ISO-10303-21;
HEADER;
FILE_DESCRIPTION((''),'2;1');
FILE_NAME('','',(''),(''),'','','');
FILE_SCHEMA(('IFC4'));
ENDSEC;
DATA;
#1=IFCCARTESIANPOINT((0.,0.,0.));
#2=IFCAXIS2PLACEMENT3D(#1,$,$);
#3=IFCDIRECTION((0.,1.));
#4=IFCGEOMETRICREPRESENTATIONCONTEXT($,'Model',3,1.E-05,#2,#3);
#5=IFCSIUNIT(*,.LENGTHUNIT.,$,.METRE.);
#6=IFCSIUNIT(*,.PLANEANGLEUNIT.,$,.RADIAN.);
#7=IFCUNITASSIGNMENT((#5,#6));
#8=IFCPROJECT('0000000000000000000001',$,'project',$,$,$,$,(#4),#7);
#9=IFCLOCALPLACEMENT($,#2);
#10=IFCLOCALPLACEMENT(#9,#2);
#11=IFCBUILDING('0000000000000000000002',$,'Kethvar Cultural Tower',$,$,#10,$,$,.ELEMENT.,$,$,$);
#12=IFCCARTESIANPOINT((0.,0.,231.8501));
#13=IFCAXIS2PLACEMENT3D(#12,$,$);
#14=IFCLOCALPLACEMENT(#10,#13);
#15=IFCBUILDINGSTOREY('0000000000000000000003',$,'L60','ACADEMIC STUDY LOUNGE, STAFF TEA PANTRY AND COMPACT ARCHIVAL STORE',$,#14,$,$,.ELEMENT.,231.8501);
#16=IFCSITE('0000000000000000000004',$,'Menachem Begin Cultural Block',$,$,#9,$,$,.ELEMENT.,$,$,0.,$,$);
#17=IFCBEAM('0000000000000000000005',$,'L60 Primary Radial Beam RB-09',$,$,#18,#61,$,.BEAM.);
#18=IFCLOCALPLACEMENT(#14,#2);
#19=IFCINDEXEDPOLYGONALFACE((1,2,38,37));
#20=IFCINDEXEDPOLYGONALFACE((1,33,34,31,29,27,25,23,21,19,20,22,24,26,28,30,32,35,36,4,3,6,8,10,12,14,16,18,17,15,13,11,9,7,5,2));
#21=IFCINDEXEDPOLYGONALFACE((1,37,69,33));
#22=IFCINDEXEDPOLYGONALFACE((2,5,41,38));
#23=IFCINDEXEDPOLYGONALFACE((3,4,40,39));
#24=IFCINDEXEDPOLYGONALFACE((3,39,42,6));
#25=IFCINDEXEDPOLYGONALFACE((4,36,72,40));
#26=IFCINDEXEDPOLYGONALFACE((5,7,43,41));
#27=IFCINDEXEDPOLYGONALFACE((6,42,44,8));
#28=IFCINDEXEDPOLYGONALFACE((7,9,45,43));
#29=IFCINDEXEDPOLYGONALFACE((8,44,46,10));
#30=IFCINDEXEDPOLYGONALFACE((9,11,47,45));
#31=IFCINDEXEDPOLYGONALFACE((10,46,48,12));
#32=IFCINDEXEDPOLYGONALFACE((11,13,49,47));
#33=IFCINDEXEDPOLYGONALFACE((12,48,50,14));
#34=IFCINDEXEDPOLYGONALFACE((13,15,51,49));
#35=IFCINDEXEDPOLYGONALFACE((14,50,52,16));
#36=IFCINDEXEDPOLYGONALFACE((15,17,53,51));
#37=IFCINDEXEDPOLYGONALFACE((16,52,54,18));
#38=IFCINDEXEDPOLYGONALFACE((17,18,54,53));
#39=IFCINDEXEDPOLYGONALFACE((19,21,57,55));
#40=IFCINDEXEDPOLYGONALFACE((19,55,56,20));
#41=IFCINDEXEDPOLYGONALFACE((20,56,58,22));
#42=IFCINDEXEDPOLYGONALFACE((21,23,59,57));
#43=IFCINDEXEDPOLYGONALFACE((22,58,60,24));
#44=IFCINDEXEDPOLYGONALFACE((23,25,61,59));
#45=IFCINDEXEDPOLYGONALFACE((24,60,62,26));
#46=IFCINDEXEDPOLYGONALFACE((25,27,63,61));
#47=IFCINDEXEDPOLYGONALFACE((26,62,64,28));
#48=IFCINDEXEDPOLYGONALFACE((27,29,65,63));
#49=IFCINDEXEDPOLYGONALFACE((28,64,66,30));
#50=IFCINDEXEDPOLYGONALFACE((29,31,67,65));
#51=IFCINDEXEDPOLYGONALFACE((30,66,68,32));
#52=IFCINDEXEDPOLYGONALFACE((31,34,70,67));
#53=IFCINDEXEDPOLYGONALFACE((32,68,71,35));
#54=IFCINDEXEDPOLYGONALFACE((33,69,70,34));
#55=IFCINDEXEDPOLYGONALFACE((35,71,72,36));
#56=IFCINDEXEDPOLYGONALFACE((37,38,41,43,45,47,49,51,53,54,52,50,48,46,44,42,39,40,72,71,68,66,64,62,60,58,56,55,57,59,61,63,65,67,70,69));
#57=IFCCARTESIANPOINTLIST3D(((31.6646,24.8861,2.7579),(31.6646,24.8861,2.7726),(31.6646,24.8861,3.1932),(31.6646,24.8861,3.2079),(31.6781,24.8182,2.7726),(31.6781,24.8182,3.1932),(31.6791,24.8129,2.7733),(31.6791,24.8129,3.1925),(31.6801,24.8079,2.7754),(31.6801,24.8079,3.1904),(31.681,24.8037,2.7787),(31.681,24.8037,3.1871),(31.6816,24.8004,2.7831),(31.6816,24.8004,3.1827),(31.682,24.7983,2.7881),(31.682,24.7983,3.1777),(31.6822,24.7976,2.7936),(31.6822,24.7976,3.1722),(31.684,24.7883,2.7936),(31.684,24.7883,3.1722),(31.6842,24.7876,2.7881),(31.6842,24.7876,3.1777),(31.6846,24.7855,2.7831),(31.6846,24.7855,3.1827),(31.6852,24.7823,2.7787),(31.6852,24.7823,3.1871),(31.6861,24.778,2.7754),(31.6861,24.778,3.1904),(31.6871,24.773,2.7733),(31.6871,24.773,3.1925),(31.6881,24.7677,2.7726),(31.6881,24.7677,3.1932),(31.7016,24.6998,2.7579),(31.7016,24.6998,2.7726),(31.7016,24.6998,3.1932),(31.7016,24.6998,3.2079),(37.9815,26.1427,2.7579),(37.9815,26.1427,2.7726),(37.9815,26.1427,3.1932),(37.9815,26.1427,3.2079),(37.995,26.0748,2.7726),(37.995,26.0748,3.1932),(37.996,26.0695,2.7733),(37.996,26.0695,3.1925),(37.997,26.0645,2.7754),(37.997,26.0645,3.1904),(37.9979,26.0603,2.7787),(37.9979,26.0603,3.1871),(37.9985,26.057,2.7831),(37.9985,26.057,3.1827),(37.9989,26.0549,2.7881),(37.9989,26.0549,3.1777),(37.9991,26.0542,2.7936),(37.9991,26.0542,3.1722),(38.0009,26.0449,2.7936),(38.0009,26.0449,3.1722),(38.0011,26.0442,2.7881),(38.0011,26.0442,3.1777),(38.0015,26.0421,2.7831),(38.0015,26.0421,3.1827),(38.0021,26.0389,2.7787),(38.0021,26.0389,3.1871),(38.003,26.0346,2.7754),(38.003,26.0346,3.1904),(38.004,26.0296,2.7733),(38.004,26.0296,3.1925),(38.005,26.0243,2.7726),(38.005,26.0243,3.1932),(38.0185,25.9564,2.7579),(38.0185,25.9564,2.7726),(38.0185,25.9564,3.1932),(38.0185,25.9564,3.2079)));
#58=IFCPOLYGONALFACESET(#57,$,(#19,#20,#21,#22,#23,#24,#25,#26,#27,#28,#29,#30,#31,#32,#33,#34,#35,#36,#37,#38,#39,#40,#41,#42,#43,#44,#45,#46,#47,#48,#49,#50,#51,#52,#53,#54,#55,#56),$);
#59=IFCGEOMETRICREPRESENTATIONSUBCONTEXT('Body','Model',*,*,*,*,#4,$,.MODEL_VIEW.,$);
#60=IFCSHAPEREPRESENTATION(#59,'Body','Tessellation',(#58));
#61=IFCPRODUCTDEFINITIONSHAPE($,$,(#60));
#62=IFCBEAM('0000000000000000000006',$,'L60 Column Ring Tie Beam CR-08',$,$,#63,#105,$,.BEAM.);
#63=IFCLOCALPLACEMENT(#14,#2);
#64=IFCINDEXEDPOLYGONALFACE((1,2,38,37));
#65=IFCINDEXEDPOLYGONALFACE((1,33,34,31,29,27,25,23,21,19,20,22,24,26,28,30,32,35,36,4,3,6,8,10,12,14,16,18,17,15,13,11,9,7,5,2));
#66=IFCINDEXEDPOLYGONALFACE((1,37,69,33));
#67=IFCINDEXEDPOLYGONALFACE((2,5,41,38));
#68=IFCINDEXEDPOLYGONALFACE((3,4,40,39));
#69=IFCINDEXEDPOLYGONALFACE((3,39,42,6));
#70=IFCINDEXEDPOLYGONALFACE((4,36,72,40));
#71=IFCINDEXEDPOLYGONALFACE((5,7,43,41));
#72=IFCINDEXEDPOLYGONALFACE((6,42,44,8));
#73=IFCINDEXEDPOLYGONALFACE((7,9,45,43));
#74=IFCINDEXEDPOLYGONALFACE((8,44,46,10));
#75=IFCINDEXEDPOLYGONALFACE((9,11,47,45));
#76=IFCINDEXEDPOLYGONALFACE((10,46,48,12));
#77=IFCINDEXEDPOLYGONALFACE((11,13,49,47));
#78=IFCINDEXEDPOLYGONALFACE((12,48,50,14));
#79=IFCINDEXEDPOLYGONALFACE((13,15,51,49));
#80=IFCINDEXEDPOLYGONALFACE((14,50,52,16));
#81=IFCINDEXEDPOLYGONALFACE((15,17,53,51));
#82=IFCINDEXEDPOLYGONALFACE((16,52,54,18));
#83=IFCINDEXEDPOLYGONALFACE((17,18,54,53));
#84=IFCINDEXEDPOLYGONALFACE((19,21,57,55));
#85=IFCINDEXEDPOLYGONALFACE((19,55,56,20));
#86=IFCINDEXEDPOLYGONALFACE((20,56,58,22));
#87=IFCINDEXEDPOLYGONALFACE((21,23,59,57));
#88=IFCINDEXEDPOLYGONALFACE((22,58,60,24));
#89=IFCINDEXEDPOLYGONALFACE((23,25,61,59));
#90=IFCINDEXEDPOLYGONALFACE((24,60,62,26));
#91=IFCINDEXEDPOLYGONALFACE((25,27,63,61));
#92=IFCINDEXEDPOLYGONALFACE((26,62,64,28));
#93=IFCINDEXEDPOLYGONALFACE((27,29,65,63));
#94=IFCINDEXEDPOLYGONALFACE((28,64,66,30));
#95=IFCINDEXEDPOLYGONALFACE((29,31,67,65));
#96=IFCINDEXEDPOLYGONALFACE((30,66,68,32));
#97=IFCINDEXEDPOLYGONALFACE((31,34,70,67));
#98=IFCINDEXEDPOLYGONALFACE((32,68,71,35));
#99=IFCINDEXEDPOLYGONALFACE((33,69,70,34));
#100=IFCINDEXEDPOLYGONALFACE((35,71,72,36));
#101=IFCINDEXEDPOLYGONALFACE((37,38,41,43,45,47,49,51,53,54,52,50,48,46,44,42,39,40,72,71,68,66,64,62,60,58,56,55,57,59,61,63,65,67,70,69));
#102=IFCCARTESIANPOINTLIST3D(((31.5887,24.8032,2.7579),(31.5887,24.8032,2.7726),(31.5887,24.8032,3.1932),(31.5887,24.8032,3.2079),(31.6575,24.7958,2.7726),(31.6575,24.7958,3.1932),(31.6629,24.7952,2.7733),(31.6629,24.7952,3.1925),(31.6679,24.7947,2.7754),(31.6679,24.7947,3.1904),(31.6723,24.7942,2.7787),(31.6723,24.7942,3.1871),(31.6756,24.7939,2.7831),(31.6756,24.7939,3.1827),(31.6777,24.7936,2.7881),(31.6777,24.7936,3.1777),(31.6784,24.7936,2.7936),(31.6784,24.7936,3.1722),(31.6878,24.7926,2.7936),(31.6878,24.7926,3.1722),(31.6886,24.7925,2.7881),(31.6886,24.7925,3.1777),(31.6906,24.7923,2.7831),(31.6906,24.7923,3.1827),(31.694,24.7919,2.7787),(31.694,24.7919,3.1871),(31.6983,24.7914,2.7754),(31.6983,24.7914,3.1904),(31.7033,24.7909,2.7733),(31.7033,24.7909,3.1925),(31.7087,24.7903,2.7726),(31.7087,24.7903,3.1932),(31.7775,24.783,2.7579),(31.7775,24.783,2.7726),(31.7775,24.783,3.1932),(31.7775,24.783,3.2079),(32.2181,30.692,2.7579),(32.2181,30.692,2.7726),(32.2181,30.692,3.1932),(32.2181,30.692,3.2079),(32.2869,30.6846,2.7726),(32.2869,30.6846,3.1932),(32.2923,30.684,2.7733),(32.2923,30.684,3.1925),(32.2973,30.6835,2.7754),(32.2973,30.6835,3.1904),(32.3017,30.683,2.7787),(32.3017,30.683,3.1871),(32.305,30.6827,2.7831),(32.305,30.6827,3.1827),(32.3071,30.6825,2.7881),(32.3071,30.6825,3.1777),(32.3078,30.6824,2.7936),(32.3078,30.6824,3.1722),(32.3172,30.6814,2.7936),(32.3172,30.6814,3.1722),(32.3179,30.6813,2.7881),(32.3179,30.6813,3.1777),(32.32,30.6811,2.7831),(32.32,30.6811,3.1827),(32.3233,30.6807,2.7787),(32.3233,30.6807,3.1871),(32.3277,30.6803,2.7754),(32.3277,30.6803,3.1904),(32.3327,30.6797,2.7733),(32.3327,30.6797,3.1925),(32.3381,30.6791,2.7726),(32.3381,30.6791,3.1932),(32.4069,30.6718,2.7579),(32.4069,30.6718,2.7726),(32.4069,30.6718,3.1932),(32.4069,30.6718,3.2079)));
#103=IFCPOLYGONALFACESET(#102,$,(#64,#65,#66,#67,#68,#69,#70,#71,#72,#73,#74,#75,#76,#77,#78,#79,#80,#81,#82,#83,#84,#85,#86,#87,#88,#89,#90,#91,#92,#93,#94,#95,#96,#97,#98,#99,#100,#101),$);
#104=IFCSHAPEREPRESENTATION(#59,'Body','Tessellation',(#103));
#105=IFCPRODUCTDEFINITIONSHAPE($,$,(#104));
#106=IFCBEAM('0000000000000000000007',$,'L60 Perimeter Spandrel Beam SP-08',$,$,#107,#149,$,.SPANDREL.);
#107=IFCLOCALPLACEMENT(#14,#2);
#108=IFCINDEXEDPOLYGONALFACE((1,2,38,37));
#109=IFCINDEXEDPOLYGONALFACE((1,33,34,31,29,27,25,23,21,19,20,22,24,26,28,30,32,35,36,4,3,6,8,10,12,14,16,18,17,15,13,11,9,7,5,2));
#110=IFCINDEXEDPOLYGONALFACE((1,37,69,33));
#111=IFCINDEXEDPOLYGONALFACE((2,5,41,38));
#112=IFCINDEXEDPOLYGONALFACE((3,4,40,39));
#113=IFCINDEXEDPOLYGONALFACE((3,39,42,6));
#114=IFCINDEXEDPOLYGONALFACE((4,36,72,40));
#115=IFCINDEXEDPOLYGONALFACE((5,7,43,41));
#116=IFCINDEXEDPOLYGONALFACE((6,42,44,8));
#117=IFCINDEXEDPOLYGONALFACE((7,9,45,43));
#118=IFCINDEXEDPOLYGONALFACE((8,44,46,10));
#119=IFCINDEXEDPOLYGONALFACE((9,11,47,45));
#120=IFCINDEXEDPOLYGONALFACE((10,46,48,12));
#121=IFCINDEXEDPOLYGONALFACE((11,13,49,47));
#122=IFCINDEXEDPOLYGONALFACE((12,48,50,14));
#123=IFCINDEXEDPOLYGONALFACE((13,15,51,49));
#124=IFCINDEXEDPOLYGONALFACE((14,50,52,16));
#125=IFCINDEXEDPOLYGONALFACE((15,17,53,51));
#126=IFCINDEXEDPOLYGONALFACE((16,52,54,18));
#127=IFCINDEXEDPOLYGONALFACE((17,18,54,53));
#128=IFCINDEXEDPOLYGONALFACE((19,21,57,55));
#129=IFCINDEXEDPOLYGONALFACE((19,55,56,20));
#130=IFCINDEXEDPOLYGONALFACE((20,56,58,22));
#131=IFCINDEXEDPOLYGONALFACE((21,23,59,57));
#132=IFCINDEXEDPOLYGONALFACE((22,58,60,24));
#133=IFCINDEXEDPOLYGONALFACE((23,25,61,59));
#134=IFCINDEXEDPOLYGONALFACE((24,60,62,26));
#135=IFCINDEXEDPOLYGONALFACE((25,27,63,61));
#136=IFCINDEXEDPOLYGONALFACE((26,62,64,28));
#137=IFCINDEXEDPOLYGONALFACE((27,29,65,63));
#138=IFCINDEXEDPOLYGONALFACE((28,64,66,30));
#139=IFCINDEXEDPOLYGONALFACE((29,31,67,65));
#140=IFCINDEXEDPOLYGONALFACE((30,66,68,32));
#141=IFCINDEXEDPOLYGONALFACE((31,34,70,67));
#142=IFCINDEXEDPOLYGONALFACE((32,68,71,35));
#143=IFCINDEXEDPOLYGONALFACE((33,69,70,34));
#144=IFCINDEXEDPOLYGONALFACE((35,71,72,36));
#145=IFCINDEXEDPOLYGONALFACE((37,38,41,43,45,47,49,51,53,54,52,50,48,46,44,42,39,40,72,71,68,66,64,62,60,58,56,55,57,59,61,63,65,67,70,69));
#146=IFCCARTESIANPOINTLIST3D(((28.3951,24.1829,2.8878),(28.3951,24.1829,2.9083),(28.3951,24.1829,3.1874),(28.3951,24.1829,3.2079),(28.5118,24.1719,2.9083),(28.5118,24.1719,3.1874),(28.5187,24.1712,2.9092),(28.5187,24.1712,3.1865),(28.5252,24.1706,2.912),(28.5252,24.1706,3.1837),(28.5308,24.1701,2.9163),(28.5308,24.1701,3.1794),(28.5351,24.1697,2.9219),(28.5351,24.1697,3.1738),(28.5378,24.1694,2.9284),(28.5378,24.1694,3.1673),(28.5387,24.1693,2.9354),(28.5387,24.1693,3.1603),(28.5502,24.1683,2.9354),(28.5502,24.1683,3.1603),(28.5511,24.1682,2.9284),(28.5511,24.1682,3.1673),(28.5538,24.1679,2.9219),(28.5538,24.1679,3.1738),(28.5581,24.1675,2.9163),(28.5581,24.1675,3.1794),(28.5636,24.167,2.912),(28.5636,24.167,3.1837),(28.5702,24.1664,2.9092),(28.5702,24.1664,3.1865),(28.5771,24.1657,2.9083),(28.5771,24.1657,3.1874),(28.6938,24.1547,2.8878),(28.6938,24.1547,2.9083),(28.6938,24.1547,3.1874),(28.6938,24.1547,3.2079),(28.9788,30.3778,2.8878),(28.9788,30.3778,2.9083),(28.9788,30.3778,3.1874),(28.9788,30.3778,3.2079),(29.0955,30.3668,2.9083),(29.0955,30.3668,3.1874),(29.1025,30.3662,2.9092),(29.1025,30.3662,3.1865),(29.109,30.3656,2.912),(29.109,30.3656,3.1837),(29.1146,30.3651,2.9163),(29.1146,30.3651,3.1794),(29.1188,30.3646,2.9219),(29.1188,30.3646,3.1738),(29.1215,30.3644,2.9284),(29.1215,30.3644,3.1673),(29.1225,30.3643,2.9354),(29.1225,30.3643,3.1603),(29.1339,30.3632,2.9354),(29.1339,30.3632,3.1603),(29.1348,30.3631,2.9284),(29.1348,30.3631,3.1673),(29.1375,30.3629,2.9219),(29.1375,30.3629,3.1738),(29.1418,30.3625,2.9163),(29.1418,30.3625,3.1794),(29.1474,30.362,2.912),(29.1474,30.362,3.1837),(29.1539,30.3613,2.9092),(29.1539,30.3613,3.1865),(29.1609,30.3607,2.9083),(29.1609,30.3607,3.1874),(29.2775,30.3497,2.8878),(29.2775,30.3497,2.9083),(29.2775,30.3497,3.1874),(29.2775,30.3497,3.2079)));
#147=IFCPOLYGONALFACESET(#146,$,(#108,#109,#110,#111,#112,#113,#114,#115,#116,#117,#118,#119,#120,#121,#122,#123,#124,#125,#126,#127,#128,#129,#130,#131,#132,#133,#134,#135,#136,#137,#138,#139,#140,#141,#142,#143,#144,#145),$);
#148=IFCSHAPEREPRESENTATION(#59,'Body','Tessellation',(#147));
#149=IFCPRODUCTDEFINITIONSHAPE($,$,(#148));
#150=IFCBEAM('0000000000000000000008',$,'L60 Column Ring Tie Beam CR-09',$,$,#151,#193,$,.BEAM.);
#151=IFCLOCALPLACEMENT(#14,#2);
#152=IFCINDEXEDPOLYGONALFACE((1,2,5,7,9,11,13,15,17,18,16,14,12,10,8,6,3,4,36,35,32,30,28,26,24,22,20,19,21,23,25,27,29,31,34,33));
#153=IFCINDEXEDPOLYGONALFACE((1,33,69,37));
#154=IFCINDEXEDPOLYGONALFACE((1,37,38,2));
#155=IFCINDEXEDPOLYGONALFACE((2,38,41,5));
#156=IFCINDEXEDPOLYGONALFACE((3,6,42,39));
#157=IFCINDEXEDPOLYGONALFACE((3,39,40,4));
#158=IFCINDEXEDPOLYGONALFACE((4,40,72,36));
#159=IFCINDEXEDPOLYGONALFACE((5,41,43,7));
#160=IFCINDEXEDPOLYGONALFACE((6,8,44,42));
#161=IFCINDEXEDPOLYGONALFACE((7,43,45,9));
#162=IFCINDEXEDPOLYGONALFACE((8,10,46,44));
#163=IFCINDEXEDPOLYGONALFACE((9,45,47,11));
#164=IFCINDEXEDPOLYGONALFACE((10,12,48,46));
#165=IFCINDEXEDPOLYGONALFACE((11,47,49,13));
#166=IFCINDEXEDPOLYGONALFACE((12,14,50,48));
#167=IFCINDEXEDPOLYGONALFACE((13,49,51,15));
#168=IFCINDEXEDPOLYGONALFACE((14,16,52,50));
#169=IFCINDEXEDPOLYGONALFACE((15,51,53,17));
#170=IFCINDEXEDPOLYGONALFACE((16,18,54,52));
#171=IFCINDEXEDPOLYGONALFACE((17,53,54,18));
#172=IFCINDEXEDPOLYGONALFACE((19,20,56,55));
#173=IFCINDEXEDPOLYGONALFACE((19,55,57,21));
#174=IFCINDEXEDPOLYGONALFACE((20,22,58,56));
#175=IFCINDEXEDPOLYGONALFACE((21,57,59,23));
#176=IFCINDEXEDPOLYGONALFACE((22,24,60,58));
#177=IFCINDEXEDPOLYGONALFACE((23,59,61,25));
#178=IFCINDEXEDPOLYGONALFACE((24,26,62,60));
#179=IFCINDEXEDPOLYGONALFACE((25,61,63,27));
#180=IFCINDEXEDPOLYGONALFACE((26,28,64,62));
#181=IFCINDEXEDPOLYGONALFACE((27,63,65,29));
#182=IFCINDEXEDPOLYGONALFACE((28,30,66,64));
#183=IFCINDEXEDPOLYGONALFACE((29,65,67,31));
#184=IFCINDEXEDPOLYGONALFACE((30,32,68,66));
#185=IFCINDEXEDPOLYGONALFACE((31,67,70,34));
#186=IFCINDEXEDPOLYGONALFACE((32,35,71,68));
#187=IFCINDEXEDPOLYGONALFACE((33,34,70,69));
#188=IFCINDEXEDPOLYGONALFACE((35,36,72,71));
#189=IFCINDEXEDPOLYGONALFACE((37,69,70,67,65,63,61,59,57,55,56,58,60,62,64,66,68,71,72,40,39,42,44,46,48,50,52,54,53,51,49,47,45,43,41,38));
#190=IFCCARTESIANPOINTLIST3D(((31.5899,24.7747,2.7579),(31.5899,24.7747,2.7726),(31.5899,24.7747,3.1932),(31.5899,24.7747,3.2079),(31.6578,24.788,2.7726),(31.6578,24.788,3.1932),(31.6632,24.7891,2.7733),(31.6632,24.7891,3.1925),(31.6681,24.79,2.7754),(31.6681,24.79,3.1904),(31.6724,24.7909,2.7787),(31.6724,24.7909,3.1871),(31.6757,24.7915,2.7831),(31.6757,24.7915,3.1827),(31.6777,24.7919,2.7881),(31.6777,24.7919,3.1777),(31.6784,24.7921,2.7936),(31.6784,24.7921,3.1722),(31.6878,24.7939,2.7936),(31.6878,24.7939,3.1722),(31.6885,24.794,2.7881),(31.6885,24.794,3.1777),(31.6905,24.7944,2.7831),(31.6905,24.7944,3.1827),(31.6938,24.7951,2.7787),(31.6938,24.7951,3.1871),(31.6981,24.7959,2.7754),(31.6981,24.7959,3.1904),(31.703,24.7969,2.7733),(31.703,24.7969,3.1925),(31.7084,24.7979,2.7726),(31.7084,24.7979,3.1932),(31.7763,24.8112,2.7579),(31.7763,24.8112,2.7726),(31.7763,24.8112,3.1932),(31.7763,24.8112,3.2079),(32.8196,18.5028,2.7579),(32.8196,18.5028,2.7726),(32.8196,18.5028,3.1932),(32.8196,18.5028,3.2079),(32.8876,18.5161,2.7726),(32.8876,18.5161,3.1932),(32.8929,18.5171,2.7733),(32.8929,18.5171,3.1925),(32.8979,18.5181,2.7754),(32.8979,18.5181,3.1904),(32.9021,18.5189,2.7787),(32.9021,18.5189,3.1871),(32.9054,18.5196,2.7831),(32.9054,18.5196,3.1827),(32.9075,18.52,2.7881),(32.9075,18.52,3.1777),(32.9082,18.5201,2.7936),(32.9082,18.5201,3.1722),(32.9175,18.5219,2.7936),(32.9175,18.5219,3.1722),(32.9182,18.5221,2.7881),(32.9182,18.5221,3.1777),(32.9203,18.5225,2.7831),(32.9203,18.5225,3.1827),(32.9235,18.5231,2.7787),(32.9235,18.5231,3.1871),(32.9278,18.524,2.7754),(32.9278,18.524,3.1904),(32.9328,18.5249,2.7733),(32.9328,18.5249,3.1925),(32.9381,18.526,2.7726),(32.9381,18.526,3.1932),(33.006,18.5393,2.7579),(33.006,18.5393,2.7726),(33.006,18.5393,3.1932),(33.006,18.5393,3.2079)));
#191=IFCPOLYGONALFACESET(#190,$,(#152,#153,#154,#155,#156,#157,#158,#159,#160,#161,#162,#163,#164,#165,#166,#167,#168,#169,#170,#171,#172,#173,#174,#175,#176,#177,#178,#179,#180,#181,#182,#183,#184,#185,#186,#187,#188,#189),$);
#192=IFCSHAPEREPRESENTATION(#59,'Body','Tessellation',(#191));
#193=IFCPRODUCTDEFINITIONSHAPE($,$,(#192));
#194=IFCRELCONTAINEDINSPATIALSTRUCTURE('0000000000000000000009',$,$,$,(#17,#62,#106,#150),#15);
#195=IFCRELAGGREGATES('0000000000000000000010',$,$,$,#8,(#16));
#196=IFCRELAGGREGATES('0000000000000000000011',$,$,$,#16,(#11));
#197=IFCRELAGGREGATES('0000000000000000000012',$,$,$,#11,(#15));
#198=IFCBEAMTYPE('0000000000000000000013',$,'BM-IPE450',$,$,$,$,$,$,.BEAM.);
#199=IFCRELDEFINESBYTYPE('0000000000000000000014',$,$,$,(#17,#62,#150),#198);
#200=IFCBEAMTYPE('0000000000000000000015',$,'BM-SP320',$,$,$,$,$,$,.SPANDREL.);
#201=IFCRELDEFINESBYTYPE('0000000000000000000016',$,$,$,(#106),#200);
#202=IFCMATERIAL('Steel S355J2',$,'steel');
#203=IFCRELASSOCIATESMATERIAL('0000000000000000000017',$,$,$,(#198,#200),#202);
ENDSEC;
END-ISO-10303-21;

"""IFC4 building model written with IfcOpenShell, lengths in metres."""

from ifc_helpers import new_model, si_unit, direction, frame, origin, origin_2d, place, context, subcontext, project, spatial, i_section, extrude, source, transform, mapped, material, material_profile, profile_set, type_object, element, save


model = new_model("IFC4")

# Units and contexts
model_context = context("Model", 3, precision=1e-05, world=origin(), true_north=direction((0.0, 1.0)))
body_context = subcontext(model_context, "Body", "Model", "MODEL_VIEW")
ifc_project = project(units=[si_unit("LENGTHUNIT", "METRE"), si_unit("PLANEANGLEUNIT", "RADIAN")], contexts=[model_context])

# Site, building, storey
site_placement = place(None, origin())
site = spatial("IfcSite", under=ifc_project, at=site_placement, Name="Menachem Begin Cultural Block", CompositionType="ELEMENT", RefElevation=0.0)
building_placement = place(site_placement, origin())
building = spatial("IfcBuilding", under=site, at=building_placement, Name="Kethvar Cultural Tower", CompositionType="ELEMENT")
storey_placement = place(building_placement, frame((0.0, 0.0, 231.8501)))
storey = spatial("IfcBuildingStorey", under=building, at=storey_placement, Name="L60", Description="ACADEMIC STUDY LOUNGE, STAFF TEA PANTRY AND COMPACT ARCHIVAL STORE", CompositionType="ELEMENT", Elevation=231.8501)

# Beams
ifc_material_1 = material(Name="Steel S355J2", Category="steel")
ifc_material_profile_1 = material_profile(ifc_material_1, i_section(OverallWidth=0.1899, OverallDepth=0.45, WebThickness=0.0095, FlangeThickness=0.0146, FilletRadius=0.021, at=origin_2d()), Name="Steel S355J2 — IPE450")
ifc_profile_set_1 = profile_set([ifc_material_profile_1], Name="Steel S355J2 — IPE450")
beam_type_1 = type_object("IfcBeamType", Name="BM-IPE450", PredefinedType="BEAM", material=ifc_profile_set_1)
shared_shape_1 = source(origin(), body_context, "Body", "SweptSolid", [
    extrude(i_section(OverallWidth=0.1899, OverallDepth=0.45, WebThickness=0.0095, FlangeThickness=0.0146, FilletRadius=0.021, at=origin_2d()), origin(), (0.0, 0.0, 1.0), 6.4407),
])
beam_1_placement = place(storey_placement, frame((38.0, 26.0496, 2.9829), z_axis=(-0.980783, -0.195103, 0.0), x_axis=(0.195103, -0.980783, 0.0)))
element("IfcBeam", 1, at=beam_1_placement, inside=storey, type_object=beam_type_1, Name="L60 Primary Radial Beam RB-09", PredefinedType="BEAM", context=body_context, shape_type="MappedRepresentation", body=[
    mapped(shared_shape_1, transform((0.0, 0.0, 0.0), scale=1.0)),
])
shared_shape_2 = source(origin(), body_context, "Body", "SweptSolid", [
    extrude(i_section(OverallWidth=0.1899, OverallDepth=0.45, WebThickness=0.0095, FlangeThickness=0.0146, FilletRadius=0.021, at=origin_2d()), origin(), (0.0, 0.0, 1.0), 5.9224),
])
beam_2_placement = place(storey_placement, frame((32.3125, 30.6819, 2.9829), z_axis=(-0.106273, -0.994337, 0.0), x_axis=(0.994337, -0.106273, 0.0)))
element("IfcBeam", 2, at=beam_2_placement, inside=storey, type_object=beam_type_1, Name="L60 Column Ring Tie Beam CR-08", PredefinedType="BEAM", context=body_context, shape_type="MappedRepresentation", body=[
    mapped(shared_shape_2, transform((0.0, 0.0, 0.0), scale=1.0)),
])
ifc_material_profile_2 = material_profile(ifc_material_1, i_section(OverallWidth=0.3, OverallDepth=0.3201, WebThickness=0.0115, FlangeThickness=0.0205, FilletRadius=0.0271, at=origin_2d()), Name="Steel S355J2 — HEB320")
ifc_profile_set_2 = profile_set([ifc_material_profile_2], Name="Steel S355J2 — HEB320")
beam_type_2 = type_object("IfcBeamType", Name="BM-SP320", PredefinedType="SPANDREL", material=ifc_profile_set_2)
shared_shape_3 = source(origin(), body_context, "Body", "SweptSolid", [
    extrude(i_section(OverallWidth=0.3, OverallDepth=0.3201, WebThickness=0.0115, FlangeThickness=0.0205, FilletRadius=0.0271, at=origin_2d()), origin(), (0.0, 0.0, 1.0), 6.2224),
])
beam_3_placement = place(storey_placement, frame((29.1282, 30.3638, 3.0479), z_axis=(-0.093811, -0.99559, 0.0), x_axis=(0.99559, -0.093811, 0.0)))
element("IfcBeam", 3, at=beam_3_placement, inside=storey, type_object=beam_type_2, Name="L60 Perimeter Spandrel Beam SP-08", PredefinedType="SPANDREL", context=body_context, shape_type="MappedRepresentation", body=[
    mapped(shared_shape_3, transform((0.0, 0.0, 0.0), scale=1.0)),
])
shared_shape_4 = source(origin(), body_context, "Body", "SweptSolid", [
    extrude(i_section(OverallWidth=0.1899, OverallDepth=0.45, WebThickness=0.0095, FlangeThickness=0.0146, FilletRadius=0.021, at=origin_2d()), origin(), (0.0, 0.0, 1.0), 6.3914),
])
beam_4_placement = place(storey_placement, frame((31.6831, 24.793, 2.9829), z_axis=(0.192405, -0.981316, 0.0), x_axis=(0.981316, 0.192405, 0.0)))
element("IfcBeam", 4, at=beam_4_placement, inside=storey, type_object=beam_type_1, Name="L60 Column Ring Tie Beam CR-09", PredefinedType="BEAM", context=body_context, shape_type="MappedRepresentation", body=[
    mapped(shared_shape_4, transform((0.0, 0.0, 0.0), scale=1.0)),
])

save(model, "model.ifc")
